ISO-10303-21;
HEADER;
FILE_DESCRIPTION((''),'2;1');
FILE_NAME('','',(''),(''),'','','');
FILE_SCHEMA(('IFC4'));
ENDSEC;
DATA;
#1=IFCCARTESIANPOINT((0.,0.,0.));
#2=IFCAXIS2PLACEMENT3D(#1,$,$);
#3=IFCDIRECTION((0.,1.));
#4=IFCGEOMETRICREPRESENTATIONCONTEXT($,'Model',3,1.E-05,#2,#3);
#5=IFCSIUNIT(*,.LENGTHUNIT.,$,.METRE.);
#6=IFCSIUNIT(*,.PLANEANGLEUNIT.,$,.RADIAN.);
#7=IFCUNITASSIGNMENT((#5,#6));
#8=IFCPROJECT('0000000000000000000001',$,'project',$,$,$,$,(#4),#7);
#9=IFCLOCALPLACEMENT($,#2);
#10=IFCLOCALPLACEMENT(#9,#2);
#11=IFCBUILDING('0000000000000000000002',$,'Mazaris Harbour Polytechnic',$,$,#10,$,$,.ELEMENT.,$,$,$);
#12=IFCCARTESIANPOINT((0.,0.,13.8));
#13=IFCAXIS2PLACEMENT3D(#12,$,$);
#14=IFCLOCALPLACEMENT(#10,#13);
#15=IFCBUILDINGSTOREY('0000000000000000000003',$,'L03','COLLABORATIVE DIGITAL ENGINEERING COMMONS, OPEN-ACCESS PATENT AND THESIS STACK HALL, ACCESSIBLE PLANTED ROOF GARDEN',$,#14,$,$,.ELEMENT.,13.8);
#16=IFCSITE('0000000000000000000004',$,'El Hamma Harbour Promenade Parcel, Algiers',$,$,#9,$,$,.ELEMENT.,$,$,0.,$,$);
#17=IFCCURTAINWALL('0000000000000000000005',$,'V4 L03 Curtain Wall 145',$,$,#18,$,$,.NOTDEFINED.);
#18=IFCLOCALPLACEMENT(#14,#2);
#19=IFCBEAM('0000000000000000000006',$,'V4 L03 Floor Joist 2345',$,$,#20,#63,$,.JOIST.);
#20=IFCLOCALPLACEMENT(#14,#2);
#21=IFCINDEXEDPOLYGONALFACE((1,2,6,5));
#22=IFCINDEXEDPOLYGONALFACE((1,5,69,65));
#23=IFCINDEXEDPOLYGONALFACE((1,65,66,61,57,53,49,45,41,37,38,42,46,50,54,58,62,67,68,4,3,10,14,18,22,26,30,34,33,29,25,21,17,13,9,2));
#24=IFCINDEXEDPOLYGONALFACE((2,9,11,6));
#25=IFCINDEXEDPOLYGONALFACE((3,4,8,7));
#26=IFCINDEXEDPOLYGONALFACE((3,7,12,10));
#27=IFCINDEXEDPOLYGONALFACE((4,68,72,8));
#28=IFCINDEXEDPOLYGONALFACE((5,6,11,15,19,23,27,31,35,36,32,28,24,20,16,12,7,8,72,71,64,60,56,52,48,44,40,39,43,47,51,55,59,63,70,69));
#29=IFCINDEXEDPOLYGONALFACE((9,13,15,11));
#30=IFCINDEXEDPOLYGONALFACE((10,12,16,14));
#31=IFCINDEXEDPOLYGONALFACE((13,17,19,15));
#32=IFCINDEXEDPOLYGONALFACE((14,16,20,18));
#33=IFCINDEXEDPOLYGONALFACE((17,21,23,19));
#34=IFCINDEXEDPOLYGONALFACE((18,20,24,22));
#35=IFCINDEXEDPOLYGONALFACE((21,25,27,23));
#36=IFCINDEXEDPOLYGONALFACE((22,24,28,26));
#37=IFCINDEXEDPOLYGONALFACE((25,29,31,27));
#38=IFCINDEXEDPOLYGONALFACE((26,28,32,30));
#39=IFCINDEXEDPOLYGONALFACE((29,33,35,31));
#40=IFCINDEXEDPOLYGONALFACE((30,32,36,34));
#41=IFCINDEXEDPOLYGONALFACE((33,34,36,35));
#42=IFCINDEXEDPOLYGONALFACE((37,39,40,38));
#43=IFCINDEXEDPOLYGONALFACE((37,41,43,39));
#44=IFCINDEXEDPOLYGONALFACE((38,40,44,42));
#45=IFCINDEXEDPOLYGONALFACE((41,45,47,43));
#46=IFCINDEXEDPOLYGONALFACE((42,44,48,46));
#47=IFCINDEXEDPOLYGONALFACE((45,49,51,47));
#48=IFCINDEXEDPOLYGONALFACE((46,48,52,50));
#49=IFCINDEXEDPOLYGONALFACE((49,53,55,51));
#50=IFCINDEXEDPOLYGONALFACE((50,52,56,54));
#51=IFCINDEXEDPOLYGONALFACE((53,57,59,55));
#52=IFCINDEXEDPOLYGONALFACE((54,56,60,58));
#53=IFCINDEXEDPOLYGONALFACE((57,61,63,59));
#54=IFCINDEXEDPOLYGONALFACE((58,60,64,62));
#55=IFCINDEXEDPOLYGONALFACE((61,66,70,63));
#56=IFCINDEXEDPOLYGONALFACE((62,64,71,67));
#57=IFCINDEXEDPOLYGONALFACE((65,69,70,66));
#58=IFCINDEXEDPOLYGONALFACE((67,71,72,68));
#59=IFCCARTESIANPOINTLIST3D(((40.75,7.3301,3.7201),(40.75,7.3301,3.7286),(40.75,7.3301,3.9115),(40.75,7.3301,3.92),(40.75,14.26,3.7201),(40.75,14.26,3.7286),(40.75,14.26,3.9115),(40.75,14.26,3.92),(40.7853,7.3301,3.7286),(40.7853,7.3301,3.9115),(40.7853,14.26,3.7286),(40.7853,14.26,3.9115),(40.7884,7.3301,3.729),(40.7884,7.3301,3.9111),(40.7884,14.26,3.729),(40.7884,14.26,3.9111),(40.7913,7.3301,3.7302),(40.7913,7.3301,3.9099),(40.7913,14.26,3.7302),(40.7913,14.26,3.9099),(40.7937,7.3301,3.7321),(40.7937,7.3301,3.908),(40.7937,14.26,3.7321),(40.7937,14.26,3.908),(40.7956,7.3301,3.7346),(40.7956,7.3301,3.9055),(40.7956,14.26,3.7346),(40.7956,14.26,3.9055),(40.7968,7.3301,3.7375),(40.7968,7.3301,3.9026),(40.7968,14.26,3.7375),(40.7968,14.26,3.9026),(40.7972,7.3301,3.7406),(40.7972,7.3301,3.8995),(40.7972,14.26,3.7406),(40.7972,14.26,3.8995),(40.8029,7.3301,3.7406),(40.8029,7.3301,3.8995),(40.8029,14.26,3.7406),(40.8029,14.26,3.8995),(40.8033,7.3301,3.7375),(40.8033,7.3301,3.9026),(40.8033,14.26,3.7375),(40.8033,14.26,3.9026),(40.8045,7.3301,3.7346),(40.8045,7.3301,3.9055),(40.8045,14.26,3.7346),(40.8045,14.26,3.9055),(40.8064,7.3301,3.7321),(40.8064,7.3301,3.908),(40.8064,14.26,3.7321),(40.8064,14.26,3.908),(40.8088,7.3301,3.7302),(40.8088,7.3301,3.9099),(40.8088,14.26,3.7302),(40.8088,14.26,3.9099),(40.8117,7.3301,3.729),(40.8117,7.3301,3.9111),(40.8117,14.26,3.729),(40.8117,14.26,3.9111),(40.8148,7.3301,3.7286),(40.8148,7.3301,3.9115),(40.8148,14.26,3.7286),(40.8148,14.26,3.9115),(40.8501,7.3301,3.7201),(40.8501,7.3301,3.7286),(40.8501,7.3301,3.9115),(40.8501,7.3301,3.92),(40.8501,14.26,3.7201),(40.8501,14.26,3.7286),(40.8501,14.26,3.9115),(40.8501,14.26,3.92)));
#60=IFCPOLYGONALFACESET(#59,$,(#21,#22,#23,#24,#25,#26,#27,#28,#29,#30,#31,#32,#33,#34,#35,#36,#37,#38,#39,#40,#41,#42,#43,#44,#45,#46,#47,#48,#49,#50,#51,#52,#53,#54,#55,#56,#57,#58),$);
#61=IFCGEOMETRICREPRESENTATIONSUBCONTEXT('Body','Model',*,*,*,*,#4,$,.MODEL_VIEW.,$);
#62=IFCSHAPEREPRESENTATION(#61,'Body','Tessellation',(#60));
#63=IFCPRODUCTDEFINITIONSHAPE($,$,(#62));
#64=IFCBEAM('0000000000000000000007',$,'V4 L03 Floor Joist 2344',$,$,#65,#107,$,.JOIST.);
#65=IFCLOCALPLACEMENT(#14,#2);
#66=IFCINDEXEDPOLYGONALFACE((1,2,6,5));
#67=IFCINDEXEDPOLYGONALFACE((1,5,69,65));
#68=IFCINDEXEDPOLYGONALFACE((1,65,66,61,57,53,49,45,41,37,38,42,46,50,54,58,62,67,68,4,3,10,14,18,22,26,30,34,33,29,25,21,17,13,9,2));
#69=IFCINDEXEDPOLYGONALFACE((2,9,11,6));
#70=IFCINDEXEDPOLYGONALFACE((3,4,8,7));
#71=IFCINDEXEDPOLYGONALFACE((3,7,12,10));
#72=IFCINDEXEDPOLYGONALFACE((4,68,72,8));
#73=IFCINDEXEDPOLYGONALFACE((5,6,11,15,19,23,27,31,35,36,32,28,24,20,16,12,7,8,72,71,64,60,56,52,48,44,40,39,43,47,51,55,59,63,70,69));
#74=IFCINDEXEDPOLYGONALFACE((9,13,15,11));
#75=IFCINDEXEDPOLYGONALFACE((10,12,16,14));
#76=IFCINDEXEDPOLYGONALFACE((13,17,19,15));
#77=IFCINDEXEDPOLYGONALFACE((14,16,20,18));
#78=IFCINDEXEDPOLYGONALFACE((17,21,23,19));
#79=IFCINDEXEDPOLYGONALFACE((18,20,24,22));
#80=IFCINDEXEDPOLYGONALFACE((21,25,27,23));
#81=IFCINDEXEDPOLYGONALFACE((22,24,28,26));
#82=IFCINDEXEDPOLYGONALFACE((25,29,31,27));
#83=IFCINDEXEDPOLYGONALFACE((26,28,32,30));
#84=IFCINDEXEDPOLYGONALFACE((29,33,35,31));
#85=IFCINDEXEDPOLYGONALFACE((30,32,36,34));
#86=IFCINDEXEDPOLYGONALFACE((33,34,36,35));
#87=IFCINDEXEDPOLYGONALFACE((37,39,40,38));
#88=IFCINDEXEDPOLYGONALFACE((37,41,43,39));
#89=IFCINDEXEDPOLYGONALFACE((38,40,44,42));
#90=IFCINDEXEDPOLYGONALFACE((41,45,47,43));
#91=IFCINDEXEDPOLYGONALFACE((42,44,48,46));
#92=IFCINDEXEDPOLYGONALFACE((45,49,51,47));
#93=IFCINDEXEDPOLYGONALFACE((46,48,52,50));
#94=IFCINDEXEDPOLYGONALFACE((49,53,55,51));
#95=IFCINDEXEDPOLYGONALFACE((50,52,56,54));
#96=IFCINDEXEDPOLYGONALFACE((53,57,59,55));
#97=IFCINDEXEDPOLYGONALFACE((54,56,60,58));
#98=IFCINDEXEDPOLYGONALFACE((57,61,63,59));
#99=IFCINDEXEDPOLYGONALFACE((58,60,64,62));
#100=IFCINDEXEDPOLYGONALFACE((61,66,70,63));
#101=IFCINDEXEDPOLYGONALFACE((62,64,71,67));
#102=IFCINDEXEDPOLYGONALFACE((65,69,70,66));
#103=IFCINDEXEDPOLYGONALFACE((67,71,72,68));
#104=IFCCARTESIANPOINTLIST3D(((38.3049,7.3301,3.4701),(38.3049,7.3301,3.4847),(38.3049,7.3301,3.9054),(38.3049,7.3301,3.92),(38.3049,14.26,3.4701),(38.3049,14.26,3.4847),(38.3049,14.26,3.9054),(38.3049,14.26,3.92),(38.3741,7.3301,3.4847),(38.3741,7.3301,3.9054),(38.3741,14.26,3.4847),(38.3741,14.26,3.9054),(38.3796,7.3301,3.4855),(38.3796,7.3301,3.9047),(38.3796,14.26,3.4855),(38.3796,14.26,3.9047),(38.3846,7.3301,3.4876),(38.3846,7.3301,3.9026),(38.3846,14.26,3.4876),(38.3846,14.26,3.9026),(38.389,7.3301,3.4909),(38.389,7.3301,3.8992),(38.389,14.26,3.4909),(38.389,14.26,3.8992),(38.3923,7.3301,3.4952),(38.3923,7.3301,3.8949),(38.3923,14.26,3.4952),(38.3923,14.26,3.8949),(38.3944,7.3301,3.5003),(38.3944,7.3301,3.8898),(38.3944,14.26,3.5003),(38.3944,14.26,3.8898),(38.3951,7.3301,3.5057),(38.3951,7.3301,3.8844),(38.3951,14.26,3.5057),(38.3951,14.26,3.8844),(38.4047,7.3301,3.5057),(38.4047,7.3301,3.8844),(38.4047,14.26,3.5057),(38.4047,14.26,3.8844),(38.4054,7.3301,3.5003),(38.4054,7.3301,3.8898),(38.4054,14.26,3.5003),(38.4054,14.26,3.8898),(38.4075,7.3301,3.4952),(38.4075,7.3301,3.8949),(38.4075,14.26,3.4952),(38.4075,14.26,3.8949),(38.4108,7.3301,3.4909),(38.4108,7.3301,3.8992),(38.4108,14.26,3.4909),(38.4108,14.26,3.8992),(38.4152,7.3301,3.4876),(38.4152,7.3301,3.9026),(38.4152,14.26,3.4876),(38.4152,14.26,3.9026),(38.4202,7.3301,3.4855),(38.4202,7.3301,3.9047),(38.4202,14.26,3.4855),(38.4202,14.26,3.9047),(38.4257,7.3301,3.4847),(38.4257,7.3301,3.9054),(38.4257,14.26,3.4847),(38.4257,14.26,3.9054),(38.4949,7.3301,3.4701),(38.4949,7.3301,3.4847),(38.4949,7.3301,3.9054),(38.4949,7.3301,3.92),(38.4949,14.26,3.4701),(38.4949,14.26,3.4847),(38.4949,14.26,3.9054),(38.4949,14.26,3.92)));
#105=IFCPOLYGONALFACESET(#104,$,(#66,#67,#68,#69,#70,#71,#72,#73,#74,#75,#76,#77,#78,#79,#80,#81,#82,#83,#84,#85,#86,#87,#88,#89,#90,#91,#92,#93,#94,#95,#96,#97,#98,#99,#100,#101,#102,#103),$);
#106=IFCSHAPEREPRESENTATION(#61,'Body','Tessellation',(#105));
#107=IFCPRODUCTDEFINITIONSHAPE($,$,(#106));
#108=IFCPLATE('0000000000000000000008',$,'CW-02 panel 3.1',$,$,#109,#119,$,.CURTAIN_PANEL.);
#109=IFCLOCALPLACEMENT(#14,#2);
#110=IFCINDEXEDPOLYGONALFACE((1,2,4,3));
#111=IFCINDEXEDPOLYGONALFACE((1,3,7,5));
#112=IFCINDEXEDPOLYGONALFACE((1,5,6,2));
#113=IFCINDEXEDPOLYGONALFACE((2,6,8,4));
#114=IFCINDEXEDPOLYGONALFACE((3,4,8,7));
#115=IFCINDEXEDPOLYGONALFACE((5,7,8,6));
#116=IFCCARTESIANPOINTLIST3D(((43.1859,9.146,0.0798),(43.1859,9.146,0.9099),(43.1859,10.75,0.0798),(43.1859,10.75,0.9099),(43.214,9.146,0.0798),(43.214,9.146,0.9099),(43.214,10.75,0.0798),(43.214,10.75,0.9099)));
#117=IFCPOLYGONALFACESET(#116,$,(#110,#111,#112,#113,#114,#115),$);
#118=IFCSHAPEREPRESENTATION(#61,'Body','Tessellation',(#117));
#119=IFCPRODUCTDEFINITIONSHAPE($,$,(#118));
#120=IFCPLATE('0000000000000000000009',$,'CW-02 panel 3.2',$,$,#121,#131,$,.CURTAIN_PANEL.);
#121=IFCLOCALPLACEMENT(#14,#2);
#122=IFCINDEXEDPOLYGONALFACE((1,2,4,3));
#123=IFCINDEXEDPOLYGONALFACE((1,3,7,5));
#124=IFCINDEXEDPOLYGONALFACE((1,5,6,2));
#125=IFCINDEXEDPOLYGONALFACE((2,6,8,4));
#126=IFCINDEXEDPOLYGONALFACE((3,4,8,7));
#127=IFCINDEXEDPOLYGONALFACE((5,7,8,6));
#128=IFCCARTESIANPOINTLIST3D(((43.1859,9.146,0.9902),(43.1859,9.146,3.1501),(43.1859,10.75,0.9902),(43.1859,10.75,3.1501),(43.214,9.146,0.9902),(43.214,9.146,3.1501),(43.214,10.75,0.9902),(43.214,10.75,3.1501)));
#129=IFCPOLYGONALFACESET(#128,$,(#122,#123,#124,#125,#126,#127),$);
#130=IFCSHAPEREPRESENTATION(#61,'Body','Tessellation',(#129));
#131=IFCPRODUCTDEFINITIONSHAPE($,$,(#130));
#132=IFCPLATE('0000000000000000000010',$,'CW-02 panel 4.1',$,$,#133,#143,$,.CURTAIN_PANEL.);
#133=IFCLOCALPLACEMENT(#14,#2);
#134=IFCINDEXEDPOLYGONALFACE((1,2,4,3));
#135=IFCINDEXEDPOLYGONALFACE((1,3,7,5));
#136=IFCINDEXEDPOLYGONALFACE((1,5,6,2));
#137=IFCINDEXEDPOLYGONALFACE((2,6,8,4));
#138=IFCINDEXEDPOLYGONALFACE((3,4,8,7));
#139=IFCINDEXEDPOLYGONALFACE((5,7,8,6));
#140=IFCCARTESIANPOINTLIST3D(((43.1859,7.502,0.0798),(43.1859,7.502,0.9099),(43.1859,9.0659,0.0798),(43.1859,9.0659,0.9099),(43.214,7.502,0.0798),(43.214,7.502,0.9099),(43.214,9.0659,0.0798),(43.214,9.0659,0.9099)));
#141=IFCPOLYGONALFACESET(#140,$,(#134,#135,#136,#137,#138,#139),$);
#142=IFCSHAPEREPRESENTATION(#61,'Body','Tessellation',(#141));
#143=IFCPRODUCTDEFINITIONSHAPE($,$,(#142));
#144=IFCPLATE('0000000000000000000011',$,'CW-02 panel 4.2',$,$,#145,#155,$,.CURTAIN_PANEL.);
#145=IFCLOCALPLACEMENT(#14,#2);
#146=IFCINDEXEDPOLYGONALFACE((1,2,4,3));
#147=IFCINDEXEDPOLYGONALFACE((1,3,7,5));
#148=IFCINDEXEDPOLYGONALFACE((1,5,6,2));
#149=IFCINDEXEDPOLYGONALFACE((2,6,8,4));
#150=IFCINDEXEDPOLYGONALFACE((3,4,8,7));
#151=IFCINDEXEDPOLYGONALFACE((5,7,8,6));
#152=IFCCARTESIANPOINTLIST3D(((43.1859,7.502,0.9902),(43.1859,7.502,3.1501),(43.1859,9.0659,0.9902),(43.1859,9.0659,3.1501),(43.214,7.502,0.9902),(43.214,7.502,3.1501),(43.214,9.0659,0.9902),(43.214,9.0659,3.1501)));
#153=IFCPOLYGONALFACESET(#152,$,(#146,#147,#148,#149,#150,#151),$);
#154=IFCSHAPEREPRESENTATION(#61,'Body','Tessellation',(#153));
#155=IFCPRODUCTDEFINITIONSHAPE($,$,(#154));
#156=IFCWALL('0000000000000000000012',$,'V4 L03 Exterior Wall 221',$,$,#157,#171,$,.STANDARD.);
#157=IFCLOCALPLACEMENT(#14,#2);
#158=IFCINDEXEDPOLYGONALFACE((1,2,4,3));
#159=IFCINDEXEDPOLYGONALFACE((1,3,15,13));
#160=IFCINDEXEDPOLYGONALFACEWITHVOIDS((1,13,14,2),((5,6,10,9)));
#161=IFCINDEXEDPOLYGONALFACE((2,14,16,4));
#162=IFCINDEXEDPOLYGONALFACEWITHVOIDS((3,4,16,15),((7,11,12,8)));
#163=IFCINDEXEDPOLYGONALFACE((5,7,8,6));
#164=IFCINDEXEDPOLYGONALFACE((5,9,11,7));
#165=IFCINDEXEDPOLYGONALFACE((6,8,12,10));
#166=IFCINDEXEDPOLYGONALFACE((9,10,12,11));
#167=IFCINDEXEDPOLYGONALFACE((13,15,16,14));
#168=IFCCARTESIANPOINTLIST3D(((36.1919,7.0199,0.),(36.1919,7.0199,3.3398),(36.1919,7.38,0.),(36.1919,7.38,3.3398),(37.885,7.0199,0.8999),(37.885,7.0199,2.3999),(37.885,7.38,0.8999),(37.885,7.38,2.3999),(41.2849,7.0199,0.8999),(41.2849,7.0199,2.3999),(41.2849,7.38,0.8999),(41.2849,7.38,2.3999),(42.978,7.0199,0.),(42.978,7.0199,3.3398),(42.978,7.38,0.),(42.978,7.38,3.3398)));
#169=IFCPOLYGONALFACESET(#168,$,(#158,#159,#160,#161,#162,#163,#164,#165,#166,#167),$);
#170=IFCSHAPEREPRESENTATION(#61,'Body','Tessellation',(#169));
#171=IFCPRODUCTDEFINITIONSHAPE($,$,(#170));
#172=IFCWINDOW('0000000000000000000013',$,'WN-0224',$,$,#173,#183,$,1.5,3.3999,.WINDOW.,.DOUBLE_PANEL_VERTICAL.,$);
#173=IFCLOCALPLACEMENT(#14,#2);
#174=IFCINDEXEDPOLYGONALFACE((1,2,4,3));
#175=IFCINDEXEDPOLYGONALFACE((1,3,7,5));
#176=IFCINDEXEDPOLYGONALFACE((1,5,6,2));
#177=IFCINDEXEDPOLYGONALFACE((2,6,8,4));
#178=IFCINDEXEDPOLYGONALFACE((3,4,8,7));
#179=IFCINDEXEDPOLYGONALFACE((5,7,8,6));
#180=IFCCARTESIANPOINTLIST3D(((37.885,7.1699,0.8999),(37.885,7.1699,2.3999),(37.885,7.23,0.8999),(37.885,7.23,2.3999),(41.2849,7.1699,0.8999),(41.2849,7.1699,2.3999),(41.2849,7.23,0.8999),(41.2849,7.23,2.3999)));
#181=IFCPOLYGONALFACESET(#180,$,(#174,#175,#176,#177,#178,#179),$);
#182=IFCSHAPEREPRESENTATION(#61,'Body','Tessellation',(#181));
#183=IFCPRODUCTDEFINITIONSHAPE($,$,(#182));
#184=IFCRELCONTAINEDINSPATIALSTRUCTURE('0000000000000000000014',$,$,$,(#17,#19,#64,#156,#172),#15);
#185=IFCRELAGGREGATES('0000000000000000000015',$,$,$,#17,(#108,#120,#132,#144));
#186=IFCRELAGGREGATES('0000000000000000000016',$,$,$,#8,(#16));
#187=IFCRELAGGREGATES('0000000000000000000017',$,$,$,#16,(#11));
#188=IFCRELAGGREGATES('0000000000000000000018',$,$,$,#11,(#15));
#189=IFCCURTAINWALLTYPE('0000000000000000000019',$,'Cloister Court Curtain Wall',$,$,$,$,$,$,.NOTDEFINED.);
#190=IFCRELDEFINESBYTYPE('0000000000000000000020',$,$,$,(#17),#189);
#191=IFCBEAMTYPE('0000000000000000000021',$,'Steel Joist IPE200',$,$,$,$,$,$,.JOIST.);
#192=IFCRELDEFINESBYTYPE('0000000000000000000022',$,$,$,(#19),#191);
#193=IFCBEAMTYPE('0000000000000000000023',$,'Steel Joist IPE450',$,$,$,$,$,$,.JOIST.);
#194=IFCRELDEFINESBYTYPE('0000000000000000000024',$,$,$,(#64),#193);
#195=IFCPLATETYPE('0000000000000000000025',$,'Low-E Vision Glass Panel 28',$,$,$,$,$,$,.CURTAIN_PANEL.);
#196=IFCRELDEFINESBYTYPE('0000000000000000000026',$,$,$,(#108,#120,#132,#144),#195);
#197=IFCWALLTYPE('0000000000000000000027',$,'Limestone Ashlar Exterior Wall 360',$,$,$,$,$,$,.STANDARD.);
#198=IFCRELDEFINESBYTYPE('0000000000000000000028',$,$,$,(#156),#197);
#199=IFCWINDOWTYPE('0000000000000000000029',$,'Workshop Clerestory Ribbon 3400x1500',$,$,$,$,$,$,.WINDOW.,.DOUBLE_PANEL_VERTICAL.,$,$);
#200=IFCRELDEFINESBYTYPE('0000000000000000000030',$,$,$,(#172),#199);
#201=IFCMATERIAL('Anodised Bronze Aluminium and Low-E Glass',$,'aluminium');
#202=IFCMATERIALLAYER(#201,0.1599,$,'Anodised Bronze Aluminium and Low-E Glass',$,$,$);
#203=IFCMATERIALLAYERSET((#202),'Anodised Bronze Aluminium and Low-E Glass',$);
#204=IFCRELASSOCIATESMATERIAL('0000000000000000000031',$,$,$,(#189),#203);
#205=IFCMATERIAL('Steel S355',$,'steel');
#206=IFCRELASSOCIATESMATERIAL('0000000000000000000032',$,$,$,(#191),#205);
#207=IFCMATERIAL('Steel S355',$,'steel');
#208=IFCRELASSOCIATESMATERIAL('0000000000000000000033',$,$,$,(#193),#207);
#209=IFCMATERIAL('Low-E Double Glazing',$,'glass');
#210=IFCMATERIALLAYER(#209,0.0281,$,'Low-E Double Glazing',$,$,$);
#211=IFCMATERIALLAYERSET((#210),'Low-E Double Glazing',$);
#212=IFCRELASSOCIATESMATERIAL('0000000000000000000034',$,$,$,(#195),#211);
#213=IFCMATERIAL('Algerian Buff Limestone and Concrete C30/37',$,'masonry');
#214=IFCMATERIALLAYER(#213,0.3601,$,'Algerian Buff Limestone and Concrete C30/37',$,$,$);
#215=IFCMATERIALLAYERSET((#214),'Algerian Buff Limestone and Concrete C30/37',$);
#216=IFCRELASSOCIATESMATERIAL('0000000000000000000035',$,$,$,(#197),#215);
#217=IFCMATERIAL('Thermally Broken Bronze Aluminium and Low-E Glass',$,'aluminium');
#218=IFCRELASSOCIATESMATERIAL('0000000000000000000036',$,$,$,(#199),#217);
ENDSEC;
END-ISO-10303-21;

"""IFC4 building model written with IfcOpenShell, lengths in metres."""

from ifc_helpers import new_model, si_unit, direction, frame, frame_2d, origin, origin_2d, place, context, subcontext, project, spatial, rectangle, i_section, extrude, material, layer, layer_set, material_profile, profile_set, type_object, element, fill, aggregate, save


model = new_model("IFC4")

# Units and contexts
model_context = context("Model", 3, precision=1e-05, world=origin(), true_north=direction((0.0, 1.0)))
body_context = subcontext(model_context, "Body", "Model", "MODEL_VIEW")
ifc_project = project(units=[si_unit("LENGTHUNIT", "METRE"), si_unit("PLANEANGLEUNIT", "RADIAN")], contexts=[model_context])

# Site, building, storey
site_placement = place(None, origin())
site = spatial("IfcSite", under=ifc_project, at=site_placement, Name="El Hamma Harbour Promenade Parcel, Algiers", CompositionType="ELEMENT", RefElevation=0.0)
building_placement = place(site_placement, origin())
building = spatial("IfcBuilding", under=site, at=building_placement, Name="Mazaris Harbour Polytechnic", CompositionType="ELEMENT")
storey_placement = place(building_placement, frame((0.0, 0.0, 13.8)))
storey = spatial("IfcBuildingStorey", under=building, at=storey_placement, Name="L03", Description="COLLABORATIVE DIGITAL ENGINEERING COMMONS, OPEN-ACCESS PATENT AND THESIS STACK HALL, ACCESSIBLE PLANTED ROOF GARDEN", CompositionType="ELEMENT", Elevation=13.8)

# Curtain wall
ifc_material_1 = material(Name="Anodised Bronze Aluminium and Low-E Glass", Category="aluminium")
ifc_layer_1 = layer(ifc_material_1, 0.1599, Name="Anodised Bronze Aluminium and Low-E Glass")
ifc_layer_set_1 = layer_set([ifc_layer_1], Name="Anodised Bronze Aluminium and Low-E Glass")
curtain_wall_type = type_object("IfcCurtainWallType", Name="Cloister Court Curtain Wall", PredefinedType="NOTDEFINED", material=ifc_layer_set_1)
curtain_wall_placement = place(storey_placement, origin())
curtain_wall = element("IfcCurtainWall", 1, at=curtain_wall_placement, inside=storey, type_object=curtain_wall_type, Name="V4 L03 Curtain Wall 145", PredefinedType="NOTDEFINED")

# Beams
ifc_material_2 = material(Name="Steel S355", Category="steel")
ifc_material_profile_1 = material_profile(ifc_material_2, i_section(OverallWidth=0.1001, OverallDepth=0.2, WebThickness=0.0056, FlangeThickness=0.0085, FilletRadius=0.012, at=origin_2d()), Name="IPE 200")
ifc_profile_set_1 = profile_set([ifc_material_profile_1], Name="Steel S355")
beam_type_1 = type_object("IfcBeamType", Name="Steel Joist IPE200", PredefinedType="JOIST", material=ifc_profile_set_1)
beam_1_placement = place(storey_placement, frame((40.8, 7.3301, 3.8201), z_axis=(0.0, 1.0, 0.0), x_axis=(-1.0, 0.0, 0.0)))
element("IfcBeam", 2, at=beam_1_placement, inside=storey, type_object=beam_type_1, Name="V4 L03 Floor Joist 2345", PredefinedType="JOIST", context=body_context, shape_type="SweptSolid", body=[
    extrude(i_section(OverallWidth=0.1001, OverallDepth=0.2, WebThickness=0.0056, FlangeThickness=0.0085, FilletRadius=0.012, at=origin_2d()), origin(), (0.0, 0.0, 1.0), 6.9299),
])
ifc_material_3 = material(Name="Steel S355", Category="steel")
ifc_material_profile_2 = material_profile(ifc_material_3, i_section(OverallWidth=0.1899, OverallDepth=0.45, WebThickness=0.0095, FlangeThickness=0.0146, FilletRadius=0.021, at=origin_2d()), Name="IPE 450")
ifc_profile_set_2 = profile_set([ifc_material_profile_2], Name="Steel S355")
beam_type_2 = type_object("IfcBeamType", Name="Steel Joist IPE450", PredefinedType="JOIST", material=ifc_profile_set_2)
beam_2_placement = place(storey_placement, frame((38.3999, 7.3301, 3.6951), z_axis=(0.0, 1.0, 0.0), x_axis=(-1.0, 0.0, 0.0)))
element("IfcBeam", 3, at=beam_2_placement, inside=storey, type_object=beam_type_2, Name="V4 L03 Floor Joist 2344", PredefinedType="JOIST", context=body_context, shape_type="SweptSolid", body=[
    extrude(i_section(OverallWidth=0.1899, OverallDepth=0.45, WebThickness=0.0095, FlangeThickness=0.0146, FilletRadius=0.021, at=origin_2d()), origin(), (0.0, 0.0, 1.0), 6.9299),
])

# Plates
ifc_material_4 = material(Name="Low-E Double Glazing", Category="glass")
ifc_layer_2 = layer(ifc_material_4, 0.0281, Name="Low-E Double Glazing")
ifc_layer_set_2 = layer_set([ifc_layer_2], Name="Low-E Double Glazing")
plate_type = type_object("IfcPlateType", Name="Low-E Vision Glass Panel 28", PredefinedType="CURTAIN_PANEL", material=ifc_layer_set_2)
plate_1_placement = place(storey_placement, frame((43.2, 9.948, 0.0798), z_axis=(0.0, 0.0, 1.0), x_axis=(0.0, -1.0, 0.0)))
plate_1 = element("IfcPlate", 4, at=plate_1_placement, type_object=plate_type, Name="CW-02 panel 3.1", PredefinedType="CURTAIN_PANEL", context=body_context, shape_type="SweptSolid", body=[
    extrude(rectangle(XDim=1.604, YDim=0.0281, at=origin_2d()), origin(), (0.0, 0.0, 1.0), 0.8301),
])
plate_2_placement = place(storey_placement, frame((43.2, 9.948, 0.9902), z_axis=(0.0, 0.0, 1.0), x_axis=(0.0, -1.0, 0.0)))
plate_2 = element("IfcPlate", 5, at=plate_2_placement, type_object=plate_type, Name="CW-02 panel 3.2", PredefinedType="CURTAIN_PANEL", context=body_context, shape_type="SweptSolid", body=[
    extrude(rectangle(XDim=1.604, YDim=0.0281, at=origin_2d()), origin(), (0.0, 0.0, 1.0), 2.1599),
])
plate_3_placement = place(storey_placement, frame((43.2, 8.2839, 0.0798), z_axis=(0.0, 0.0, 1.0), x_axis=(0.0, -1.0, 0.0)))
plate_3 = element("IfcPlate", 6, at=plate_3_placement, type_object=plate_type, Name="CW-02 panel 4.1", PredefinedType="CURTAIN_PANEL", context=body_context, shape_type="SweptSolid", body=[
    extrude(rectangle(XDim=1.564, YDim=0.0281, at=origin_2d()), origin(), (0.0, 0.0, 1.0), 0.8301),
])
plate_4_placement = place(storey_placement, frame((43.2, 8.2839, 0.9902), z_axis=(0.0, 0.0, 1.0), x_axis=(0.0, -1.0, 0.0)))
plate_4 = element("IfcPlate", 7, at=plate_4_placement, type_object=plate_type, Name="CW-02 panel 4.2", PredefinedType="CURTAIN_PANEL", context=body_context, shape_type="SweptSolid", body=[
    extrude(rectangle(XDim=1.564, YDim=0.0281, at=origin_2d()), origin(), (0.0, 0.0, 1.0), 2.1599),
])
aggregate(curtain_wall, [plate_1, plate_2, plate_3, plate_4])

# Wall, opening, window
ifc_material_5 = material(Name="Algerian Buff Limestone and Concrete C30/37", Category="masonry")
ifc_layer_3 = layer(ifc_material_5, 0.3601, Name="Algerian Buff Limestone and Concrete C30/37")
ifc_layer_set_3 = layer_set([ifc_layer_3], Name="Algerian Buff Limestone and Concrete C30/37")
wall_type = type_object("IfcWallType", Name="Limestone Ashlar Exterior Wall 360", PredefinedType="STANDARD", material=ifc_layer_set_3)
wall_placement = place(storey_placement, frame((42.978, 7.2, 0.0), z_axis=(0.0, 0.0, 1.0), x_axis=(-1.0, 0.0, 0.0)))
wall = element("IfcWall", 8, at=wall_placement, inside=storey, type_object=wall_type, Name="V4 L03 Exterior Wall 221", PredefinedType="STANDARD", context=body_context, shape_type="SweptSolid", body=[
    extrude(rectangle(XDim=6.7861, YDim=0.3601, at=frame_2d((3.3931, 0.0))), origin(), (0.0, 0.0, 1.0), 3.3398),
])
opening_placement = place(wall_placement, frame((1.6931, 0.0, 0.8999)))
opening = element("IfcOpeningElement", 9, at=opening_placement, cuts=wall, PredefinedType="OPENING", context=body_context, shape_type="SweptSolid", body=[
    extrude(rectangle(XDim=3.3999, YDim=1.5, at=frame_2d((1.7, 0.75))), frame((0.0, 0.1899, 0.0), z_axis=(0.0, -1.0, 0.0), x_axis=(1.0, 0.0, 0.0)), (0.0, 0.0, 1.0), 0.3801),
])
ifc_material_6 = material(Name="Thermally Broken Bronze Aluminium and Low-E Glass", Category="aluminium")
window_type = type_object("IfcWindowType", Name="Workshop Clerestory Ribbon 3400x1500", PartitioningType="DOUBLE_PANEL_VERTICAL", PredefinedType="WINDOW", material=ifc_material_6)
window_placement = place(opening_placement, origin())
window = element("IfcWindow", 10, at=window_placement, inside=storey, type_object=window_type, Name="WN-0224", OverallHeight=1.5, OverallWidth=3.3999, PartitioningType="DOUBLE_PANEL_VERTICAL", PredefinedType="WINDOW", context=body_context, shape_type="SweptSolid", body=[
    extrude(rectangle(XDim=3.3999, YDim=1.5, at=frame_2d((1.7, 0.75))), frame((0.0, 0.03, 0.0), z_axis=(0.0, -1.0, 0.0), x_axis=(1.0, 0.0, 0.0)), (0.0, 0.0, 1.0), 0.0601),
])
fill(opening, window)

save(model, "model.ifc")
